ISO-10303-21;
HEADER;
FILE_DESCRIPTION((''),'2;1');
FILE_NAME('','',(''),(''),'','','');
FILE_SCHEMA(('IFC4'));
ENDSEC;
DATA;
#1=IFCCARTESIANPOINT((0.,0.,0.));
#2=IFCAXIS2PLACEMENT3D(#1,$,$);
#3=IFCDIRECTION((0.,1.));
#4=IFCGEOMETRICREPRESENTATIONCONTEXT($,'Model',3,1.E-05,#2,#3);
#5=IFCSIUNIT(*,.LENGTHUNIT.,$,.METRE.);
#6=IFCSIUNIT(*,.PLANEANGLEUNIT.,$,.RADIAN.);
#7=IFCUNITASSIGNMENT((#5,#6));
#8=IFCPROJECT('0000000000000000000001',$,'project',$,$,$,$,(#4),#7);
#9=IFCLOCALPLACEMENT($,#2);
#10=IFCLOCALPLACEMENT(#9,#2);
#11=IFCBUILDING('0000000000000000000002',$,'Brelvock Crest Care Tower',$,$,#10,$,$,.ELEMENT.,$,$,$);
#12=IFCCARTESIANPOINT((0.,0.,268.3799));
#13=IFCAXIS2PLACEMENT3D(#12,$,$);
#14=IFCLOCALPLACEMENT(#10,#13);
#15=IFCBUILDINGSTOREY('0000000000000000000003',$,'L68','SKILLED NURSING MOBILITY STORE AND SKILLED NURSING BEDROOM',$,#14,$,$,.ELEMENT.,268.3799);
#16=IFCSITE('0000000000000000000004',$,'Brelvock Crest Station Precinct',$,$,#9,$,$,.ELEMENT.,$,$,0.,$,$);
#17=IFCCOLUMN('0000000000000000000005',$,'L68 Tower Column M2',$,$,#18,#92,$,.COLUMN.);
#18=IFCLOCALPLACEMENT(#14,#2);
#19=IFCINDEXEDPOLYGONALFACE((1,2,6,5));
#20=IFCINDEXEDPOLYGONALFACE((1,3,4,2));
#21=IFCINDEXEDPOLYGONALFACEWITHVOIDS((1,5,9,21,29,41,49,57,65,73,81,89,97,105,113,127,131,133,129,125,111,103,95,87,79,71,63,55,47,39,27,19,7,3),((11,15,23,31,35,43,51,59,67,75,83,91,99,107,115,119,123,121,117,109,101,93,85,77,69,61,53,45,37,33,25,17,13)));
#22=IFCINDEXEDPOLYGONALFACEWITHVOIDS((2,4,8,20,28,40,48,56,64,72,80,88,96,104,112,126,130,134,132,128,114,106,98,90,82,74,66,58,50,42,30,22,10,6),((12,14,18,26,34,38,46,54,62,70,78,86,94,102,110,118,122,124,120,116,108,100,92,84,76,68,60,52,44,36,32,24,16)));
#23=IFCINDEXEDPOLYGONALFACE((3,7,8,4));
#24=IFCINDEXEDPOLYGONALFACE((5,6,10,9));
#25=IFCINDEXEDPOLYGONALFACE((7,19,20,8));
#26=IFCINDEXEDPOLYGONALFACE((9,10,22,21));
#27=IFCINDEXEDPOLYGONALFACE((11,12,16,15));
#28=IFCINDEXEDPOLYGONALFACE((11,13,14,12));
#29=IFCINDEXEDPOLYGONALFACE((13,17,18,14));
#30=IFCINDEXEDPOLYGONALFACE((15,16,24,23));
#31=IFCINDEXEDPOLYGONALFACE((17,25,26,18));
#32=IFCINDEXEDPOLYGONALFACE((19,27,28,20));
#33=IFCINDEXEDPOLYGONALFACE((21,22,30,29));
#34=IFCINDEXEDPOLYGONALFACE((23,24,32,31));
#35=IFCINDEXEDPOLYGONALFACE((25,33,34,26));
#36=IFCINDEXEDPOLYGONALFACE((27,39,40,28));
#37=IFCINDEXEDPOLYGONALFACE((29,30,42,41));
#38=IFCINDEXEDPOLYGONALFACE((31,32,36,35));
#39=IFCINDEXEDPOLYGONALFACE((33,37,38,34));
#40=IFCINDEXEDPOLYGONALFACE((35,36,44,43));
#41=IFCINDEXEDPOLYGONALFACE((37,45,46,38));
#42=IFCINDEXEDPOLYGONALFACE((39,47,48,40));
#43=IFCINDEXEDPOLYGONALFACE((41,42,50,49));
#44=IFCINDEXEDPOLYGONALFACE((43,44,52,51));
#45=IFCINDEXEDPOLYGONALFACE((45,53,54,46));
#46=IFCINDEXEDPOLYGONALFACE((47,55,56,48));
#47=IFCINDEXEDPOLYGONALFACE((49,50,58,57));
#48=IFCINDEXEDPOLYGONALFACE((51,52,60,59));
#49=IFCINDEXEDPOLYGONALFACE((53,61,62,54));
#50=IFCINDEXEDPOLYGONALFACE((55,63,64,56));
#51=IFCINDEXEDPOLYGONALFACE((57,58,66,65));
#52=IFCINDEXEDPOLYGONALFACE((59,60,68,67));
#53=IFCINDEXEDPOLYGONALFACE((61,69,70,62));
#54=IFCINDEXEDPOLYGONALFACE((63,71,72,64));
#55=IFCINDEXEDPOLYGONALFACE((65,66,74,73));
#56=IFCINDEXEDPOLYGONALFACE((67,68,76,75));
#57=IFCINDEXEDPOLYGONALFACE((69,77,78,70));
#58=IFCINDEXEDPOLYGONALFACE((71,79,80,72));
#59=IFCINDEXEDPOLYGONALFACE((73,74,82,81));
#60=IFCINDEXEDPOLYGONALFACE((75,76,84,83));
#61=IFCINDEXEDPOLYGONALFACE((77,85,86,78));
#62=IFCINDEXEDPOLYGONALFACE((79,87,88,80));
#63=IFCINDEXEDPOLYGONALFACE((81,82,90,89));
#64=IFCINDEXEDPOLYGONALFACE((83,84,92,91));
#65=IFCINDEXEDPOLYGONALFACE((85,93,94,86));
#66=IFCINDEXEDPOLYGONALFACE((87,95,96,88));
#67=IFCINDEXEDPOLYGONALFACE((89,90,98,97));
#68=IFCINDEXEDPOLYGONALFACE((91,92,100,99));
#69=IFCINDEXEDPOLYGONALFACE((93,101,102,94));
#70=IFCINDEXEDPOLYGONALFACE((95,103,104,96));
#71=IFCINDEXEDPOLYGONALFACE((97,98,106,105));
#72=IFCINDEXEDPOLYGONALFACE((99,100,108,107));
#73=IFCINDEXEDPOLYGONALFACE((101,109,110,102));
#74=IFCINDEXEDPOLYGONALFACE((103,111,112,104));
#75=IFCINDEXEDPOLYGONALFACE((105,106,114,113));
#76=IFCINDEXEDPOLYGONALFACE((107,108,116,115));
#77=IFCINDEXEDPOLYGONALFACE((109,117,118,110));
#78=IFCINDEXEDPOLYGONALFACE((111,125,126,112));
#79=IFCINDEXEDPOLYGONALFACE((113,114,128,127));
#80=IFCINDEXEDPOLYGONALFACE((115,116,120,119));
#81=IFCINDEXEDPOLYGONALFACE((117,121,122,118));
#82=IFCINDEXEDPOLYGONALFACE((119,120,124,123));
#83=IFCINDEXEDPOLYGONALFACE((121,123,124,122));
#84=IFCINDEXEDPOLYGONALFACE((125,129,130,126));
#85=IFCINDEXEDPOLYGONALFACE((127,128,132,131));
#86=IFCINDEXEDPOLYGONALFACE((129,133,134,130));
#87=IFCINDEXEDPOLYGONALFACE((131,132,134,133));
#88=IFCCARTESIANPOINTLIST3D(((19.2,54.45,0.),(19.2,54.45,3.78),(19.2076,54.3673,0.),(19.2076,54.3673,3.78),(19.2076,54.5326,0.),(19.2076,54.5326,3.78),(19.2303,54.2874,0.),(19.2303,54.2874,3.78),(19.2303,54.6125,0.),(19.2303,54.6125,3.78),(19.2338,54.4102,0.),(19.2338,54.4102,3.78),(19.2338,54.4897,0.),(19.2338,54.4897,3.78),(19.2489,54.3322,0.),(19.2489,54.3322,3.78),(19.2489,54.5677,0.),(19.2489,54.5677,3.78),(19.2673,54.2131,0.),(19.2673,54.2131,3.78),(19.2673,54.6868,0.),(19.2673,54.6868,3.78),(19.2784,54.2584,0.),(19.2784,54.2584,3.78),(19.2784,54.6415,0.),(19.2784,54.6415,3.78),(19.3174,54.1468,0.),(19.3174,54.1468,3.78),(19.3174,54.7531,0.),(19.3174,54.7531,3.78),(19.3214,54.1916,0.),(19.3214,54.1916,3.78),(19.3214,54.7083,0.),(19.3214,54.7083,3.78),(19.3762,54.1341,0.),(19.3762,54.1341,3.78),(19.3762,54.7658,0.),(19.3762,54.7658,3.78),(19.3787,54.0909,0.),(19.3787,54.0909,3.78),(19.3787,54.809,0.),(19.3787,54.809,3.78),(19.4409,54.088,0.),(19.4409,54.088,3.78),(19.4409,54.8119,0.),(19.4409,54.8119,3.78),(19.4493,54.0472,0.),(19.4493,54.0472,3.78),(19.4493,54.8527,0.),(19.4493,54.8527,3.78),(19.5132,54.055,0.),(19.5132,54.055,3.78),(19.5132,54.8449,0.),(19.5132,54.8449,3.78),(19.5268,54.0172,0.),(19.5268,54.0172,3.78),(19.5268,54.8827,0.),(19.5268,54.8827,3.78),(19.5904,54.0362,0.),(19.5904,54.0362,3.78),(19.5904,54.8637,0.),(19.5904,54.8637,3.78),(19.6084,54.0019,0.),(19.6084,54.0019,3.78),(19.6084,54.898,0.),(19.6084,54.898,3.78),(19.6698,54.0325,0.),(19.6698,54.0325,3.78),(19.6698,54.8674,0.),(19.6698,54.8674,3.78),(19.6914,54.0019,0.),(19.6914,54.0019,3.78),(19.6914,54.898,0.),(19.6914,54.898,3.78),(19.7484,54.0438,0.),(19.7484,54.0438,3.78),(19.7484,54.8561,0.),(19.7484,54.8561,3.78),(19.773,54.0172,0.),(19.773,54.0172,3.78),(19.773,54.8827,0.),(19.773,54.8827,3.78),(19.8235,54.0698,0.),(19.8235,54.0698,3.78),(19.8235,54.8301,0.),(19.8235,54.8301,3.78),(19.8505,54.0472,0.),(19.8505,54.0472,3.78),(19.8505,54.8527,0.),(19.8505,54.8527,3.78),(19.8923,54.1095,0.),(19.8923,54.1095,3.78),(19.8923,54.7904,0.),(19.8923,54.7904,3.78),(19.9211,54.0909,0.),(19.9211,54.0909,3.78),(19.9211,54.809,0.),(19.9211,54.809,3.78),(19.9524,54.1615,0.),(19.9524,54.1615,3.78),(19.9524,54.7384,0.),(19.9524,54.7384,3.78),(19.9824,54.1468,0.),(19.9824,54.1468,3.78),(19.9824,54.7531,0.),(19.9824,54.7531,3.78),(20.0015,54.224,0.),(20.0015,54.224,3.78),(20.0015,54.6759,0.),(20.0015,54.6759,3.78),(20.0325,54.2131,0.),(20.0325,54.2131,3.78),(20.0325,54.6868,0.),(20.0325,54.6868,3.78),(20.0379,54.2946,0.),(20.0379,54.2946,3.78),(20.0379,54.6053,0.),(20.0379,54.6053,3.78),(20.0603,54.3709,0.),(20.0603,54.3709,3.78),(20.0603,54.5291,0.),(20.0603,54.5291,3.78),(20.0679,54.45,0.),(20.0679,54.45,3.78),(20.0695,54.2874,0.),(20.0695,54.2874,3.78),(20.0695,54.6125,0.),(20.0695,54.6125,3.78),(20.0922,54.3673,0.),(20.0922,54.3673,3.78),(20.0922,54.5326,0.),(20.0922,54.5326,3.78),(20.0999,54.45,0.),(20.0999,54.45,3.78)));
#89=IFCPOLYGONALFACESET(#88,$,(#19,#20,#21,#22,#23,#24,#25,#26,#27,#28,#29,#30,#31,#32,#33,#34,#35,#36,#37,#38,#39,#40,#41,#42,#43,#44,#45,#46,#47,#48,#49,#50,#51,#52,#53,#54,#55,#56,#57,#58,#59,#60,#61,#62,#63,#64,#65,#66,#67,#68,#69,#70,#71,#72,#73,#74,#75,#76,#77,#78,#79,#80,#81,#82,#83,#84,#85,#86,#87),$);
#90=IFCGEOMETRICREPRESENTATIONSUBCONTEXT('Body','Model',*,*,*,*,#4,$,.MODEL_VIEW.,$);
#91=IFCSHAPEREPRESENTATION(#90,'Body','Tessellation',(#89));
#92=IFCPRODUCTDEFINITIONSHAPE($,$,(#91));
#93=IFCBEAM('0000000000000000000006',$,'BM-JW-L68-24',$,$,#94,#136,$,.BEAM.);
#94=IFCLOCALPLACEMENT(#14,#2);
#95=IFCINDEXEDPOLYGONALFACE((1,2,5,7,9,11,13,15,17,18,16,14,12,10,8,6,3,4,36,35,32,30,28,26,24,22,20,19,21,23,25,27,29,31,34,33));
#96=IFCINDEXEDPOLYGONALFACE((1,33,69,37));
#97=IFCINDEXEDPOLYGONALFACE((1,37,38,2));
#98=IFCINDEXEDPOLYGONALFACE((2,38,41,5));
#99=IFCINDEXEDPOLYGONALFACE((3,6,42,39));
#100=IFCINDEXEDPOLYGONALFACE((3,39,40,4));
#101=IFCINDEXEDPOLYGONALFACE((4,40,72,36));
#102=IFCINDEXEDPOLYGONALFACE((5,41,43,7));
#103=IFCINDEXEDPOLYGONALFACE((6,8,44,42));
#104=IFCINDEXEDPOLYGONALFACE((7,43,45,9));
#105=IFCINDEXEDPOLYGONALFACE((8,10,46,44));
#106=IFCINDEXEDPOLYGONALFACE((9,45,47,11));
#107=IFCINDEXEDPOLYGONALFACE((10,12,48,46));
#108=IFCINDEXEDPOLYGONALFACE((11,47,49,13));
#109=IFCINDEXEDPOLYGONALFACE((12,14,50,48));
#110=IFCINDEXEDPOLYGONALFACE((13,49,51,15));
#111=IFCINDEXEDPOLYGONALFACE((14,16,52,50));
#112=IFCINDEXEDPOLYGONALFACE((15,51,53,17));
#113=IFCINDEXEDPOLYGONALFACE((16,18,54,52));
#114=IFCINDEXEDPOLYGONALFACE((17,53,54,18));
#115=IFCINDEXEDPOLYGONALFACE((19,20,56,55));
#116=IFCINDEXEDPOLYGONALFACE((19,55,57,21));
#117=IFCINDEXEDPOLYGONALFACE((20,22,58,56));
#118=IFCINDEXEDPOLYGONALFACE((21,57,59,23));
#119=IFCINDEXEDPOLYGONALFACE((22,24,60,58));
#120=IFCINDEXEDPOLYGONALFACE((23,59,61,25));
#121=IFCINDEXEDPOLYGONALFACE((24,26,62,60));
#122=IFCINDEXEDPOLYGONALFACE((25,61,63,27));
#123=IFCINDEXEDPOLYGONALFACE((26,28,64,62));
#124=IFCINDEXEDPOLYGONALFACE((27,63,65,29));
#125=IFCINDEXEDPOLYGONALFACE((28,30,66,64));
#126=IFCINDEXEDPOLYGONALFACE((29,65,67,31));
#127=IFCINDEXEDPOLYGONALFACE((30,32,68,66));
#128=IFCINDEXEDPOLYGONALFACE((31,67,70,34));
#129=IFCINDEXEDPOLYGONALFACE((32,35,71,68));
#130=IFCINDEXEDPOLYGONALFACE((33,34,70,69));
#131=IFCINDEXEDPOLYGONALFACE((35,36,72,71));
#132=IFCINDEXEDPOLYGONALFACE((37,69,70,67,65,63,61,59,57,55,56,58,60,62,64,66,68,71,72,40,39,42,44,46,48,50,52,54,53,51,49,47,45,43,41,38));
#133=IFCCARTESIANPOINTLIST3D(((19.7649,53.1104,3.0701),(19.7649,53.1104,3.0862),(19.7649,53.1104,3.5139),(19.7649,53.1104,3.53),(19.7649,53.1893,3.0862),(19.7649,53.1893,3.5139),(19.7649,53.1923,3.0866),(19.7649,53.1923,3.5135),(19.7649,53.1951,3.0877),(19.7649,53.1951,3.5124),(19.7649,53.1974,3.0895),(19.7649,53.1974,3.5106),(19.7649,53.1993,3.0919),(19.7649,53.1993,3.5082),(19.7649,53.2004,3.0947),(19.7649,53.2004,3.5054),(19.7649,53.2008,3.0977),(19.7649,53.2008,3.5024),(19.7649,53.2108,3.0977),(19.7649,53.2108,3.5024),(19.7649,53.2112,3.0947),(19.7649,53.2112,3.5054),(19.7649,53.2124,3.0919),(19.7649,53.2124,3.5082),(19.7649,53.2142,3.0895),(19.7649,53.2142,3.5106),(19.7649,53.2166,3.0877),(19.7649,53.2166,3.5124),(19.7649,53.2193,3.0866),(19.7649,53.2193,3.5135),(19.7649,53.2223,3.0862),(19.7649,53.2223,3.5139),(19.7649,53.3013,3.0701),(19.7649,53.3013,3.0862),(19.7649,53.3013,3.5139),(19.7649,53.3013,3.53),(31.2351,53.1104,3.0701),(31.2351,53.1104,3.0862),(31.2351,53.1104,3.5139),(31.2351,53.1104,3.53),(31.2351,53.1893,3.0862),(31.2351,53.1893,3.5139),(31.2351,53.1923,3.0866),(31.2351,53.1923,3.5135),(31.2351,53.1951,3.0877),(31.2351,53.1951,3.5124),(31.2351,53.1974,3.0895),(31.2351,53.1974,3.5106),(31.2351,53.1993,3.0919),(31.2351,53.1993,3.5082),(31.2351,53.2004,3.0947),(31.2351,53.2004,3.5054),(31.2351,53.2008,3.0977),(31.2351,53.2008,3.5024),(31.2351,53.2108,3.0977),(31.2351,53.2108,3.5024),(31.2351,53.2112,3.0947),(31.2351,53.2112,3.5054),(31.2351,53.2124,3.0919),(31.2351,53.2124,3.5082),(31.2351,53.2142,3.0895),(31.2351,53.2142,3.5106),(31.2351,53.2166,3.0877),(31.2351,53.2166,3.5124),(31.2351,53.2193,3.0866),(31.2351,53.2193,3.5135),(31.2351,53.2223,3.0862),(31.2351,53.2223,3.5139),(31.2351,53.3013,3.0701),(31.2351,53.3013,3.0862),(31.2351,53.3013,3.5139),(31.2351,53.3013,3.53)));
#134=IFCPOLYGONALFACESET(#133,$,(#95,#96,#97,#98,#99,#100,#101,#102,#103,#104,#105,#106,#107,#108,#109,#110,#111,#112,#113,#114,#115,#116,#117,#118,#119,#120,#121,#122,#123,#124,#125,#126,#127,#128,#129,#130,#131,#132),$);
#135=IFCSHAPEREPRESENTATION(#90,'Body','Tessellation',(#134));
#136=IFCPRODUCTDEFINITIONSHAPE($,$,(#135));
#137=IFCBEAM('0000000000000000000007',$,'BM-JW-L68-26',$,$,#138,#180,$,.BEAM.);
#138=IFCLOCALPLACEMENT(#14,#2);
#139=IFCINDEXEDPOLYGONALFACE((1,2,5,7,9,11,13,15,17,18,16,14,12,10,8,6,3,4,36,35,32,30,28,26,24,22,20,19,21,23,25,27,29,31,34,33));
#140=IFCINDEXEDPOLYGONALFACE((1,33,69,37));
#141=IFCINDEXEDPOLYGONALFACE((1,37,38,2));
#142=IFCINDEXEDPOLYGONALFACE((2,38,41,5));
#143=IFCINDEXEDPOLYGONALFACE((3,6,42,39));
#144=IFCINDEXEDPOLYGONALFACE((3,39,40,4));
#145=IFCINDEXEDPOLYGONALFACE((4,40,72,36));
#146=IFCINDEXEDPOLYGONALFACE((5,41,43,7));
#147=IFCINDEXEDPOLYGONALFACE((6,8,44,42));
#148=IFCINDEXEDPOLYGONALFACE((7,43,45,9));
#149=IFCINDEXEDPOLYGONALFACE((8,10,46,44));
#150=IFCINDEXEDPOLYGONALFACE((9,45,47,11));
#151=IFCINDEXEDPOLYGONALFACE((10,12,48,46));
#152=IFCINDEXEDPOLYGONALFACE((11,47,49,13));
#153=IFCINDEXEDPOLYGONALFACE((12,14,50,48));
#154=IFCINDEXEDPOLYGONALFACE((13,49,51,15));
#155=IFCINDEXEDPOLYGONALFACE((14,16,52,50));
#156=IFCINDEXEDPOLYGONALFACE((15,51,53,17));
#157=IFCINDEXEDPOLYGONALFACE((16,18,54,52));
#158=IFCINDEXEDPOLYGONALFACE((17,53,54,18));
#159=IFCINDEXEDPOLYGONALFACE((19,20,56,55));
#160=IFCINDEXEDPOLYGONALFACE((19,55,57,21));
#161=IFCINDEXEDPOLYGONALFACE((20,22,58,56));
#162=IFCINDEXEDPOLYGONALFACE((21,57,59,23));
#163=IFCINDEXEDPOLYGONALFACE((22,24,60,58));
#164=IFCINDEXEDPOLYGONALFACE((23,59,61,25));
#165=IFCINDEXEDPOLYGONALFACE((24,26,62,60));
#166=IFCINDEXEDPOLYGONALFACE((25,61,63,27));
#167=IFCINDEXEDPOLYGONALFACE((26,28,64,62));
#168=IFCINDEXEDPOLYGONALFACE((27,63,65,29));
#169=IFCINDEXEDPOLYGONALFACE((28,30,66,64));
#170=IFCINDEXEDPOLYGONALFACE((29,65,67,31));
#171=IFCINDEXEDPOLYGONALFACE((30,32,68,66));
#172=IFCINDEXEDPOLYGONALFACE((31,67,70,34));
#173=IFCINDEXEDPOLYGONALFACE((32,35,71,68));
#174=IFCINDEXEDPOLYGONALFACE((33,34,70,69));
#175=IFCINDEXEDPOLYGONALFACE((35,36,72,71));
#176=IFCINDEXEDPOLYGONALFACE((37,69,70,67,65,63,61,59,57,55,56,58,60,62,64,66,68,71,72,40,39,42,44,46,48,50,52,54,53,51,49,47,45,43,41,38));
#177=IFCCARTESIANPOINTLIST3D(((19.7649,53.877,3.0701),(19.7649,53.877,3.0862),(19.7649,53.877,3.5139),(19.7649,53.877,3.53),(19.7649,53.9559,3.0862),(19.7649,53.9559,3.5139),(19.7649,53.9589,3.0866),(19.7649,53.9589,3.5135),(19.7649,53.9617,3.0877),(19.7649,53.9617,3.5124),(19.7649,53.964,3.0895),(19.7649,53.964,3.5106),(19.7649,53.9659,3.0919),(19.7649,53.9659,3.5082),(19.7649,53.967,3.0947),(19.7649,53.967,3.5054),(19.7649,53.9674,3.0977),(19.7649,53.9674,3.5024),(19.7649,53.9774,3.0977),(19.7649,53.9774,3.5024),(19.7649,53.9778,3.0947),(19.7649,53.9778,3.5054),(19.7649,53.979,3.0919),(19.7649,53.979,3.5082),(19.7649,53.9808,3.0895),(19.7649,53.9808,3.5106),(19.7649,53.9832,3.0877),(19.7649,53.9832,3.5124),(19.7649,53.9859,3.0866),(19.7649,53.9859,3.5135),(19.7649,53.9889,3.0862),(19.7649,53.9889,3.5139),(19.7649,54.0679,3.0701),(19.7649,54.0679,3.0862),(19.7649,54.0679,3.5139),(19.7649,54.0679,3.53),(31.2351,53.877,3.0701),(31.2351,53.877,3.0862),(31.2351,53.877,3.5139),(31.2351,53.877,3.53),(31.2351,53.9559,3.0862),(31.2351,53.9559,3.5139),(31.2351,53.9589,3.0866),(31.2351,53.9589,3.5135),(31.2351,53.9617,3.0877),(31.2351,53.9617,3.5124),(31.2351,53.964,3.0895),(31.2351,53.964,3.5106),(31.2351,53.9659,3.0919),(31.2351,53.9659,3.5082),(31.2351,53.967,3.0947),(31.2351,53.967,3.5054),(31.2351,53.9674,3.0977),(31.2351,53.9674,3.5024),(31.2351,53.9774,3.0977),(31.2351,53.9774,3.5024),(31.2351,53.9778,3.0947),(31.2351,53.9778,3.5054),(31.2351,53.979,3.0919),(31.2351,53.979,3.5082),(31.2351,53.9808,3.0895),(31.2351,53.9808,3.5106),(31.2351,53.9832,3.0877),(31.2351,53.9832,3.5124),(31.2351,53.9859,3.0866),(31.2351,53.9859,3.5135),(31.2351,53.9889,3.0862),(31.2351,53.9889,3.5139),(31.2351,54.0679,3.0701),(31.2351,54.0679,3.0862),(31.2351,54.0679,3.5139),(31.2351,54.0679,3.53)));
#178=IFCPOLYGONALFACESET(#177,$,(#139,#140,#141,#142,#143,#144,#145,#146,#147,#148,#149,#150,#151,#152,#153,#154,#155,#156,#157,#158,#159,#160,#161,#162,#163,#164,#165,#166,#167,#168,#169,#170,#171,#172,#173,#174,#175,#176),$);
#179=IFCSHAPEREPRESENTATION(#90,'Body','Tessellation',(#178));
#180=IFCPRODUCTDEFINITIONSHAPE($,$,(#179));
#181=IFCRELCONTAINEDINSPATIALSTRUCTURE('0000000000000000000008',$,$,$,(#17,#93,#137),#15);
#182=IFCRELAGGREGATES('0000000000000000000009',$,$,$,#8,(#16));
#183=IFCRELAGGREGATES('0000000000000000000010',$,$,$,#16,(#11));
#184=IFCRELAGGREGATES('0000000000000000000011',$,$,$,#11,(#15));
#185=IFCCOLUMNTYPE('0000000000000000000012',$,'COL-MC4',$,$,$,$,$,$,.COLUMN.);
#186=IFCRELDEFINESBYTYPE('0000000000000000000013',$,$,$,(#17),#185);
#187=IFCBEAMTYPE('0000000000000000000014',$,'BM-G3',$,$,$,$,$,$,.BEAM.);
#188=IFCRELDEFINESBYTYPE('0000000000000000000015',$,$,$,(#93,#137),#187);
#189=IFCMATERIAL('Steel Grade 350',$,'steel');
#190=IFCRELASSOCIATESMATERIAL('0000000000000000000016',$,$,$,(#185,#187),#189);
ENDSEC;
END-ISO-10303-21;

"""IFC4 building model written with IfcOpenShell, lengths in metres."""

from ifc_helpers import new_model, si_unit, direction, frame, origin, origin_2d, place, context, subcontext, project, spatial, hollow_circle, i_section, extrude, source, transform, mapped, material, material_profile, profile_set, type_object, element, save


model = new_model("IFC4")

# Units and contexts
model_context = context("Model", 3, precision=1e-05, world=origin(), true_north=direction((0.0, 1.0)))
body_context = subcontext(model_context, "Body", "Model", "MODEL_VIEW")
ifc_project = project(units=[si_unit("LENGTHUNIT", "METRE"), si_unit("PLANEANGLEUNIT", "RADIAN")], contexts=[model_context])

# Site, building, storey
site_placement = place(None, origin())
site = spatial("IfcSite", under=ifc_project, at=site_placement, Name="Brelvock Crest Station Precinct", CompositionType="ELEMENT", RefElevation=0.0)
building_placement = place(site_placement, origin())
building = spatial("IfcBuilding", under=site, at=building_placement, Name="Brelvock Crest Care Tower", CompositionType="ELEMENT")
storey_placement = place(building_placement, frame((0.0, 0.0, 268.3799)))
storey = spatial("IfcBuildingStorey", under=building, at=storey_placement, Name="L68", Description="SKILLED NURSING MOBILITY STORE AND SKILLED NURSING BEDROOM", CompositionType="ELEMENT", Elevation=268.3799)

# Column
ifc_material_1 = material(Name="Steel Grade 350", Category="steel")
ifc_material_profile_1 = material_profile(ifc_material_1, hollow_circle(Radius=0.45, WallThickness=0.032, at=origin_2d()), Name="CFT900x32")
ifc_profile_set_1 = profile_set([ifc_material_profile_1], Name="Steel Grade 350")
column_type = type_object("IfcColumnType", Name="COL-MC4", PredefinedType="COLUMN", material=ifc_profile_set_1)
shared_shape_1 = source(origin(), body_context, "Body", "SweptSolid", [
    extrude(hollow_circle(Radius=0.45, WallThickness=0.032, at=origin_2d()), origin(), (0.0, 0.0, 1.0), 3.78),
])
column_placement = place(storey_placement, frame((19.6499, 54.45, 0.0), z_axis=(0.0, 0.0, 1.0), x_axis=(1.0, 0.0, 0.0)))
element("IfcColumn", 1, at=column_placement, inside=storey, type_object=column_type, Name="L68 Tower Column M2", PredefinedType="COLUMN", context=body_context, shape_type="MappedRepresentation", body=[
    mapped(shared_shape_1, transform((0.0, 0.0, 0.0), x_axis=(1.0, 0.0, 0.0), y_axis=(0.0, 1.0, 0.0), z_axis=(0.0, 0.0, 1.0), scale=1.0)),
])

# Beams
ifc_material_profile_2 = material_profile(ifc_material_1, i_section(OverallWidth=0.1909, OverallDepth=0.46, WebThickness=0.01, FlangeThickness=0.0161, FilletRadius=0.0115, at=origin_2d()), Name="460UB82.1")
ifc_profile_set_2 = profile_set([ifc_material_profile_2], Name="Steel Grade 350")
beam_type_1 = type_object("IfcBeamType", Name="BM-G3", PredefinedType="BEAM", material=ifc_profile_set_2)
shared_shape_2 = source(origin(), body_context, "Body", "SweptSolid", [
    extrude(i_section(OverallWidth=0.1909, OverallDepth=0.46, WebThickness=0.01, FlangeThickness=0.0161, FilletRadius=0.0115, at=origin_2d()), origin(), (0.0, 0.0, 1.0), 11.4702),
])
for number, where, z_axis, x_axis, name in (
    (2, (19.7649, 53.2058, 3.3), (1.0, 0.0, 0.0), (0.0, 1.0, 0.0), "BM-JW-L68-24"),
    (3, (19.7649, 53.9724, 3.3), (1.0, 0.0, 0.0), (0.0, 1.0, 0.0), "BM-JW-L68-26"),
):
    element("IfcBeam", number, at=place(storey_placement, frame(where, z_axis=z_axis, x_axis=x_axis)), inside=storey, type_object=beam_type_1, Name=name, PredefinedType="BEAM", context=body_context, shape_type="MappedRepresentation", body=[
        mapped(shared_shape_2, transform((0.0, 0.0, 0.0), x_axis=(1.0, 0.0, 0.0), y_axis=(0.0, 1.0, 0.0), z_axis=(0.0, 0.0, 1.0), scale=1.0)),
    ])

save(model, "model.ifc")
